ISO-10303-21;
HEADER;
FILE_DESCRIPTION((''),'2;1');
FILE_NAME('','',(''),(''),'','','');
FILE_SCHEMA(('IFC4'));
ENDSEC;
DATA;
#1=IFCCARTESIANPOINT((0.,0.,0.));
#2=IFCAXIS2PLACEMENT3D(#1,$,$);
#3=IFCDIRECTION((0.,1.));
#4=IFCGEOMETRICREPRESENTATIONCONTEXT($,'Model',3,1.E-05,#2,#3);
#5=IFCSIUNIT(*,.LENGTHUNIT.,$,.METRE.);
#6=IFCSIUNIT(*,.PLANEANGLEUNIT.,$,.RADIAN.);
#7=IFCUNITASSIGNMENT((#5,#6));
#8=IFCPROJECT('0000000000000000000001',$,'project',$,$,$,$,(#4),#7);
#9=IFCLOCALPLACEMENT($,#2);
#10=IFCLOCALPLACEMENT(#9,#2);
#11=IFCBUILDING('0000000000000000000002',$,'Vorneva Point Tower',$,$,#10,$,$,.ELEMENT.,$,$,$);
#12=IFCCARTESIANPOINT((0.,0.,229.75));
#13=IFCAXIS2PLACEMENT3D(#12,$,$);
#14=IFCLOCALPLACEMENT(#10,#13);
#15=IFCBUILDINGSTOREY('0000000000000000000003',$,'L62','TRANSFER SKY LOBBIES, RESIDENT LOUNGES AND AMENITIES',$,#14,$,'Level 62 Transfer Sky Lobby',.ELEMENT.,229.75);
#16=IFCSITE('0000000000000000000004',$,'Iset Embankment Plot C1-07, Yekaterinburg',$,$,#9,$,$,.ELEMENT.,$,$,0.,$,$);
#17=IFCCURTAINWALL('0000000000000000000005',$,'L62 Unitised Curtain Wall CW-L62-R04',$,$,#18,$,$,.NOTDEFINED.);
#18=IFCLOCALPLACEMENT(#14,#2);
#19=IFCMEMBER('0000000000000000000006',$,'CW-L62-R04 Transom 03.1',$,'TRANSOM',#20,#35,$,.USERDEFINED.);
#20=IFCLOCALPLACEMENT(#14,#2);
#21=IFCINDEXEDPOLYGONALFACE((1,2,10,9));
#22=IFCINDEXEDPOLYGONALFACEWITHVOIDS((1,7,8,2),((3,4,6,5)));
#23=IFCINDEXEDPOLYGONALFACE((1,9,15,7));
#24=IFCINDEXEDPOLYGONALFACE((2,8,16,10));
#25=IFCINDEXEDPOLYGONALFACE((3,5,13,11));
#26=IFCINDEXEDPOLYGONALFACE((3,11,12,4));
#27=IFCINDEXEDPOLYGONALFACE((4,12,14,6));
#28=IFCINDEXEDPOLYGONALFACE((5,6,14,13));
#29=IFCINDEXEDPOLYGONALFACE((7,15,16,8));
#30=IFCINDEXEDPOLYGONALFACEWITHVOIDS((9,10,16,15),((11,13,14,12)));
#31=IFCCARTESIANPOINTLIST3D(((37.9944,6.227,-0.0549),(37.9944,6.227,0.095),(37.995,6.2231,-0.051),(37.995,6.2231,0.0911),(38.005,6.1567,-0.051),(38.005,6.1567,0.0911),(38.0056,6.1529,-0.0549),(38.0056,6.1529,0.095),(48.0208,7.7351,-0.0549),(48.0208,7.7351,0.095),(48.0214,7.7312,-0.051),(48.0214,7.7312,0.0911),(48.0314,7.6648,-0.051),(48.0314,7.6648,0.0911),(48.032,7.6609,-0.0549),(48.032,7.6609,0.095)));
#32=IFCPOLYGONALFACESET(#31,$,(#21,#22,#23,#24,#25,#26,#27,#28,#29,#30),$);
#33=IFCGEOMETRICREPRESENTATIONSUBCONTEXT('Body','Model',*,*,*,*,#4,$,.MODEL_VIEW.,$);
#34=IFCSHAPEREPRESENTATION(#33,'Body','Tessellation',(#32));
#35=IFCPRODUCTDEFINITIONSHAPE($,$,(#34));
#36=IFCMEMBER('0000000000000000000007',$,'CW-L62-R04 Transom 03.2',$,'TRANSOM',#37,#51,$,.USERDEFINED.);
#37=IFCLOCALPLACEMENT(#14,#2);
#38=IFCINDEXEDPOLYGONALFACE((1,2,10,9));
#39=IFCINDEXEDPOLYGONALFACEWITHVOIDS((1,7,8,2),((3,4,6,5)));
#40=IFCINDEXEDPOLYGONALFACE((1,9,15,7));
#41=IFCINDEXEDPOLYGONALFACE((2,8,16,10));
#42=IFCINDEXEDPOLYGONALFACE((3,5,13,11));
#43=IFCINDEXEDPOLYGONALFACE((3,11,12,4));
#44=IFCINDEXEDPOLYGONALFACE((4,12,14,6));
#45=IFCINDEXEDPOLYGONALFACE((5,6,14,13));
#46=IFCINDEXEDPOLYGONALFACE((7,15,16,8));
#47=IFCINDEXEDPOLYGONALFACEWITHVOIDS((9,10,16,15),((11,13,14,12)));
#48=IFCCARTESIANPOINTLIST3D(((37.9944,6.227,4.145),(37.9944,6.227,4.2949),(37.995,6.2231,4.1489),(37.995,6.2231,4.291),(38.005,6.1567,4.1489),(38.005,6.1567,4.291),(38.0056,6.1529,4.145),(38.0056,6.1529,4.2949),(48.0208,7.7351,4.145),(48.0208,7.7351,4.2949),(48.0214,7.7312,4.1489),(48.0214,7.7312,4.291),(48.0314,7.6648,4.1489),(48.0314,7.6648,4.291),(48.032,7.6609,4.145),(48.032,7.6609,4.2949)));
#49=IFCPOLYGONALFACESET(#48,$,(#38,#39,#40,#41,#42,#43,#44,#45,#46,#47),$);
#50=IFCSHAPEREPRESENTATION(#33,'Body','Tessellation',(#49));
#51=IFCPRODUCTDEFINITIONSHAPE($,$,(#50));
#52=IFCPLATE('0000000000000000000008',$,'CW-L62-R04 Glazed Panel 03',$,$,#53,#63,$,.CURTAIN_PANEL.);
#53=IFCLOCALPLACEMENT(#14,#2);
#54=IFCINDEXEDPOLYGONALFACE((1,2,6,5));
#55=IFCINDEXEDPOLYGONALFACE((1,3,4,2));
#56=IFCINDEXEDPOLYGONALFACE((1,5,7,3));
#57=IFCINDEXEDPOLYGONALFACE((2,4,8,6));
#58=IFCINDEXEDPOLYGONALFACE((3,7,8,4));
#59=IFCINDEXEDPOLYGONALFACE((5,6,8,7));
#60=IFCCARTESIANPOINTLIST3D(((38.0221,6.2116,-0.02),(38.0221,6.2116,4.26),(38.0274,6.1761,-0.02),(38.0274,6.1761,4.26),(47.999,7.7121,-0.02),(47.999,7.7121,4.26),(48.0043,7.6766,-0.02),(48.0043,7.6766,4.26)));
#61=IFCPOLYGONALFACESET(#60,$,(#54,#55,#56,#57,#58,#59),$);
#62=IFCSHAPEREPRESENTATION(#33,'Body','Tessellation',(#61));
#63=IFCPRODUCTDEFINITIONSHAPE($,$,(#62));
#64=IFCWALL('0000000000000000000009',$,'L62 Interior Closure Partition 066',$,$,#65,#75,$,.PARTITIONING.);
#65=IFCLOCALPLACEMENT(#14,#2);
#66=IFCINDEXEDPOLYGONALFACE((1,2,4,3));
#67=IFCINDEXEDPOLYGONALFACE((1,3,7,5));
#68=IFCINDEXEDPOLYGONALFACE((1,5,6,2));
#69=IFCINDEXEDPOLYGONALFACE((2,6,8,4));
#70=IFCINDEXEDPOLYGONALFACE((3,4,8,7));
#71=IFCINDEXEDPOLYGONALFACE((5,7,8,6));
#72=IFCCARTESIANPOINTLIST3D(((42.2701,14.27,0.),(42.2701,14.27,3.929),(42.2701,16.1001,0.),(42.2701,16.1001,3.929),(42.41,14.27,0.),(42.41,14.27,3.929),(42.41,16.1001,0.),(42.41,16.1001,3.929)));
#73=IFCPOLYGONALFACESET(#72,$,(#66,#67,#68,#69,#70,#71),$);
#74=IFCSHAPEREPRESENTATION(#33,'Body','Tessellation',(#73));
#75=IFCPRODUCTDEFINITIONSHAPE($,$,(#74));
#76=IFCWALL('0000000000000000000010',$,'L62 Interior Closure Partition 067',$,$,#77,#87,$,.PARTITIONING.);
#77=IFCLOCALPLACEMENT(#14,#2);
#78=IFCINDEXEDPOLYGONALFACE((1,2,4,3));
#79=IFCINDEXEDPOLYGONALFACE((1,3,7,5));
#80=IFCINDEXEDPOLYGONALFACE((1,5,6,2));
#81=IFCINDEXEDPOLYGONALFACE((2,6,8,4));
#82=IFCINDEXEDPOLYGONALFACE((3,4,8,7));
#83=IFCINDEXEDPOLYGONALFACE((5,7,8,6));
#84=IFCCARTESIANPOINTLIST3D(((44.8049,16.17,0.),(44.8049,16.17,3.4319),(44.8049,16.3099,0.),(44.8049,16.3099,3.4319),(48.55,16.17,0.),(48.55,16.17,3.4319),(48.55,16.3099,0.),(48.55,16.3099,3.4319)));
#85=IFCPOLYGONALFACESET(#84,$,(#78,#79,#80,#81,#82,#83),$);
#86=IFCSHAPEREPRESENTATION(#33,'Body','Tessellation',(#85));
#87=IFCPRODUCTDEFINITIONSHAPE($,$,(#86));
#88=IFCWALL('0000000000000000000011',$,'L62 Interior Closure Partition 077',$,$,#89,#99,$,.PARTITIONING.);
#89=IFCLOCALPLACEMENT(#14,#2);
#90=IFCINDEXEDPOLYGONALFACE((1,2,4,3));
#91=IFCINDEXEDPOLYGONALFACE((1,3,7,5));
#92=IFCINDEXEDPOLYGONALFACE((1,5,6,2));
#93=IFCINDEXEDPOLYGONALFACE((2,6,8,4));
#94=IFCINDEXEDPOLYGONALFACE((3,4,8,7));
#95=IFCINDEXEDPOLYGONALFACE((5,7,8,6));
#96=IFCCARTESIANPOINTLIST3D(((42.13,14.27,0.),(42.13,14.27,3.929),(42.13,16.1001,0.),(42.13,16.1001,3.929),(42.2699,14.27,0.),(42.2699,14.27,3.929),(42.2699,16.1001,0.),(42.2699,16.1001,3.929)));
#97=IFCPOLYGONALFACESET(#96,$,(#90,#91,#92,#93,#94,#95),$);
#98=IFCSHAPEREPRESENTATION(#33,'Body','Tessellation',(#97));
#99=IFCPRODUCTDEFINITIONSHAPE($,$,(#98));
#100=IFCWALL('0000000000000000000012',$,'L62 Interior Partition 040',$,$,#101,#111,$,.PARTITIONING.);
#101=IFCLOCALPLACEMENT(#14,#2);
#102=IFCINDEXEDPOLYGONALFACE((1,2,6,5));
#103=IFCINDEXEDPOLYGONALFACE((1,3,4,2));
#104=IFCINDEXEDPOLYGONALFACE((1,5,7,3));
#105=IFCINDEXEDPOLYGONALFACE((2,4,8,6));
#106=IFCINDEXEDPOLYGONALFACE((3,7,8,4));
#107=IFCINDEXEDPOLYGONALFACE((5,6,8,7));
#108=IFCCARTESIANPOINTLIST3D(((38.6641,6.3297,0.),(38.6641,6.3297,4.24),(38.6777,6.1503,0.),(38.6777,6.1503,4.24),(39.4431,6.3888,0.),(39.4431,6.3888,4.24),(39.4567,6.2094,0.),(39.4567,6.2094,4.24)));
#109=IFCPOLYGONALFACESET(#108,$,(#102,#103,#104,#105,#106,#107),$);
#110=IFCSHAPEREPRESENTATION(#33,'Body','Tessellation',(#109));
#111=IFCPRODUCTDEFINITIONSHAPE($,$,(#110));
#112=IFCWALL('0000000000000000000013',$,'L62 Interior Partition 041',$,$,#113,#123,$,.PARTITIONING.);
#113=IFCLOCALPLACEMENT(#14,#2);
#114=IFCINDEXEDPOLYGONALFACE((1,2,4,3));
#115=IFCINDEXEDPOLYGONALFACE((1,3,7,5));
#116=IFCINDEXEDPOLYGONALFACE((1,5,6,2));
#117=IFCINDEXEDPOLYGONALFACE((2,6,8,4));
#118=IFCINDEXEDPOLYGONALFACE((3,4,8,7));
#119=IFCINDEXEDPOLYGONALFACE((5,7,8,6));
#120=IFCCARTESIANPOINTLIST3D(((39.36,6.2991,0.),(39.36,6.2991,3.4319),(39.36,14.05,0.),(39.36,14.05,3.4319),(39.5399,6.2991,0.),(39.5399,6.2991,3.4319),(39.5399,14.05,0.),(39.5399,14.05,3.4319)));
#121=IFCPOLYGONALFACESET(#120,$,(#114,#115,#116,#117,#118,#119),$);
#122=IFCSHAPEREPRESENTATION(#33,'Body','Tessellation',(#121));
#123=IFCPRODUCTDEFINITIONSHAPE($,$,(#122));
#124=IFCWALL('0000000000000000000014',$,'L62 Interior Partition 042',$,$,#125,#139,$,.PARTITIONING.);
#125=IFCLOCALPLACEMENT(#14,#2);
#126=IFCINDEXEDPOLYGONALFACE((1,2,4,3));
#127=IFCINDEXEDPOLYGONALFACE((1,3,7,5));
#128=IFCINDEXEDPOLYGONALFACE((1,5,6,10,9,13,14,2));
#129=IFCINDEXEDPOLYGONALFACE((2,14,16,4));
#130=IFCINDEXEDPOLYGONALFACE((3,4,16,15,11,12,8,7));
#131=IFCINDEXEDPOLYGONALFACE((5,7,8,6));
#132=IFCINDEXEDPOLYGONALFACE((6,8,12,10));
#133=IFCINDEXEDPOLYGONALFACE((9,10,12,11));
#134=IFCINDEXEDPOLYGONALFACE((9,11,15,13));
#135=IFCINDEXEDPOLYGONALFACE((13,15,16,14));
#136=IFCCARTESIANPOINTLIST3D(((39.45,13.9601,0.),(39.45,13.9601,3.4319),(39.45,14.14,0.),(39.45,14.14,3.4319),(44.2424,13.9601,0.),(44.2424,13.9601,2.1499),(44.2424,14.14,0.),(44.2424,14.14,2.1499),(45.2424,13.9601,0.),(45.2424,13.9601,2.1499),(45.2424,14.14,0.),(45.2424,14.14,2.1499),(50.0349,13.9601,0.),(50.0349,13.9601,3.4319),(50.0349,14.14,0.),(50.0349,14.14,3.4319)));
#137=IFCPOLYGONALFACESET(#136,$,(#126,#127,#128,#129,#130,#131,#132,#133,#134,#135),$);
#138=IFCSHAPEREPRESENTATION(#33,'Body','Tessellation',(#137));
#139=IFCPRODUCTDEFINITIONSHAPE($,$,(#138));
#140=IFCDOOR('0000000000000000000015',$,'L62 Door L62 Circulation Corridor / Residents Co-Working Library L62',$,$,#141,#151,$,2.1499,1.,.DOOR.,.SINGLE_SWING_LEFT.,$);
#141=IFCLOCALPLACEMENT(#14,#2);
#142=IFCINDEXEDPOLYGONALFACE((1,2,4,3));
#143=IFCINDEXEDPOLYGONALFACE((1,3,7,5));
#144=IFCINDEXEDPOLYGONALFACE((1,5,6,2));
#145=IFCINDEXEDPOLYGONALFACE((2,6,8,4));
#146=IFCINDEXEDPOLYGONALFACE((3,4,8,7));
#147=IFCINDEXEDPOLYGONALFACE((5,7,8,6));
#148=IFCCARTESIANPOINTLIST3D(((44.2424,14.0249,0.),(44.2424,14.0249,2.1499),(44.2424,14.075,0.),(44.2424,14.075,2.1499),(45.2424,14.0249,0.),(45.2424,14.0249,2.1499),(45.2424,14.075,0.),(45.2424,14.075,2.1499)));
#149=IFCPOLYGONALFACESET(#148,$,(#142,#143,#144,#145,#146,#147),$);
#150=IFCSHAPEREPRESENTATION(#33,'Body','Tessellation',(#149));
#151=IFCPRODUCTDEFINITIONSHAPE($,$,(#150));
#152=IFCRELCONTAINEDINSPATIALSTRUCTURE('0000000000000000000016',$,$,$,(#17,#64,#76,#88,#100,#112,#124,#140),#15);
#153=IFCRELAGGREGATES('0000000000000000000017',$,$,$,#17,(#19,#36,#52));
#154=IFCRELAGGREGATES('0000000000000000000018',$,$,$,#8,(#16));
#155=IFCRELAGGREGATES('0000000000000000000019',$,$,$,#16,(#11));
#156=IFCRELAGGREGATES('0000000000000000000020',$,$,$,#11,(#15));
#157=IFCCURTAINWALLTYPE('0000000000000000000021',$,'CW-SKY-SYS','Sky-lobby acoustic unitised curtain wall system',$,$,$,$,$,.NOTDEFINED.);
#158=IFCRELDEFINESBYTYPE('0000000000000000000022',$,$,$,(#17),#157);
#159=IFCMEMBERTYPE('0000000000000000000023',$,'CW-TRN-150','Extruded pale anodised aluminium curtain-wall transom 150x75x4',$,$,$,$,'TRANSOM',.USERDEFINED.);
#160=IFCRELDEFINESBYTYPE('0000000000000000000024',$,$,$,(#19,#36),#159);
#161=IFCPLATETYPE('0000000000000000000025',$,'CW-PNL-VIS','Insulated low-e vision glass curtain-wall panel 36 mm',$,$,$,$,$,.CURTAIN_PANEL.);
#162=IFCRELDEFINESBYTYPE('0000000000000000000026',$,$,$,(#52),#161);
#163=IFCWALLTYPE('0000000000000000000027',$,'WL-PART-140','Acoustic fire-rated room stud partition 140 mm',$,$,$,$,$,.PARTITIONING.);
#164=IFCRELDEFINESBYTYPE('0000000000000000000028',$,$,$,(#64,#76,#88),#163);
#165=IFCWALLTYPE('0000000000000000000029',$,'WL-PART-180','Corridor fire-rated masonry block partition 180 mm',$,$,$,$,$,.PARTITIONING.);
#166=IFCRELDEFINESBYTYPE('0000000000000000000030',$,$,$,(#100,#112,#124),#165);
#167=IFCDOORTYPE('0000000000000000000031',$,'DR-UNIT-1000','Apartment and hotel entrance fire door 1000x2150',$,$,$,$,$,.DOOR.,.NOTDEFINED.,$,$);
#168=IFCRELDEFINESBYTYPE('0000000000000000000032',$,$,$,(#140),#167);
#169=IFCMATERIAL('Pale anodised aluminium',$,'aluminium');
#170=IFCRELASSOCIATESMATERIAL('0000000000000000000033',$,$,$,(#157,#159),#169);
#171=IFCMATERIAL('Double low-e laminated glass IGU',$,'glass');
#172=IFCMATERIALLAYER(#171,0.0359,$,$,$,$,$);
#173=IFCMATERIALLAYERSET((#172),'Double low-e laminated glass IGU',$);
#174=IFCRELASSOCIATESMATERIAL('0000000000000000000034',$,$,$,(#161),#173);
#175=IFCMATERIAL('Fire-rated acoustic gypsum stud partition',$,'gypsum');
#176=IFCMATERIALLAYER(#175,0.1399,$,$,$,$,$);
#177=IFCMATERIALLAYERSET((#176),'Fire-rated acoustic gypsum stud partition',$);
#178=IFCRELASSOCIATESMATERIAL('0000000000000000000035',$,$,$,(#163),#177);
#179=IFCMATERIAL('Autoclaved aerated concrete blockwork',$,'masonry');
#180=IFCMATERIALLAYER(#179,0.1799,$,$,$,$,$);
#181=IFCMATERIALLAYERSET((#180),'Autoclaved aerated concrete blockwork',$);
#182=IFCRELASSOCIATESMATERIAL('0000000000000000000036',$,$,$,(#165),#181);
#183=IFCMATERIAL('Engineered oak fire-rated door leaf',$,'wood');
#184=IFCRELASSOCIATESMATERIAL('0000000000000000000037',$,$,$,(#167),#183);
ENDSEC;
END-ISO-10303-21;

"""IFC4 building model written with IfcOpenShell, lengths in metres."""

from ifc_helpers import new_model, si_unit, direction, frame, frame_2d, origin, origin_2d, place, context, subcontext, project, spatial, rectangle, hollow_rectangle, extrude, material, layer, layer_set, material_profile, profile_set, type_object, element, fill, aggregate, save


model = new_model("IFC4")

# Units and contexts
model_context = context("Model", 3, precision=1e-05, world=origin(), true_north=direction((0.0, 1.0)))
body_context = subcontext(model_context, "Body", "Model", "MODEL_VIEW")
ifc_project = project(units=[si_unit("LENGTHUNIT", "METRE"), si_unit("PLANEANGLEUNIT", "RADIAN")], contexts=[model_context])

# Site, building, storey
site_placement = place(None, origin())
site = spatial("IfcSite", under=ifc_project, at=site_placement, Name="Iset Embankment Plot C1-07, Yekaterinburg", CompositionType="ELEMENT", RefElevation=0.0)
building_placement = place(site_placement, origin())
building = spatial("IfcBuilding", under=site, at=building_placement, Name="Vorneva Point Tower", CompositionType="ELEMENT")
storey_placement = place(building_placement, frame((0.0, 0.0, 229.75)))
storey = spatial("IfcBuildingStorey", under=building, at=storey_placement, Name="L62", Description="TRANSFER SKY LOBBIES, RESIDENT LOUNGES AND AMENITIES", LongName="Level 62 Transfer Sky Lobby", CompositionType="ELEMENT", Elevation=229.75)

# Curtain wall, members, plate
ifc_material_1 = material(Name="Pale anodised aluminium", Category="aluminium")
curtain_wall_type = type_object("IfcCurtainWallType", Name="CW-SKY-SYS", Description="Sky-lobby acoustic unitised curtain wall system", PredefinedType="NOTDEFINED", material=ifc_material_1)
curtain_wall_placement = place(storey_placement, origin())
curtain_wall = element("IfcCurtainWall", 1, at=curtain_wall_placement, inside=storey, type_object=curtain_wall_type, Name="L62 Unitised Curtain Wall CW-L62-R04", PredefinedType="NOTDEFINED")
ifc_material_profile_1 = material_profile(ifc_material_1, hollow_rectangle(XDim=0.075, YDim=0.1499, WallThickness=0.0039, at=origin_2d()), Name="AL-TRN 150x75x4")
ifc_profile_set_1 = profile_set([ifc_material_profile_1], Name="Pale anodised aluminium")
member_type = type_object("IfcMemberType", Name="CW-TRN-150", Description="Extruded pale anodised aluminium curtain-wall transom 150x75x4", ElementType="TRANSOM", PredefinedType="USERDEFINED", material=ifc_profile_set_1)
member_1_placement = place(storey_placement, frame((38.0, 6.1899, 0.02), z_axis=(0.988877, 0.148736, 0.0), x_axis=(-0.148736, 0.988877, 0.0)))
member_1 = element("IfcMember", 2, at=member_1_placement, type_object=member_type, Name="CW-L62-R04 Transom 03.1", ObjectType="TRANSOM", PredefinedType="USERDEFINED", context=body_context, shape_type="SweptSolid", body=[
    extrude(hollow_rectangle(XDim=0.075, YDim=0.1499, WallThickness=0.0039, at=origin_2d()), origin(), (0.0, 0.0, 1.0), 10.1392),
])
member_2_placement = place(storey_placement, frame((38.0, 6.1899, 4.22), z_axis=(0.988877, 0.148736, 0.0), x_axis=(-0.148736, 0.988877, 0.0)))
member_2 = element("IfcMember", 3, at=member_2_placement, type_object=member_type, Name="CW-L62-R04 Transom 03.2", ObjectType="TRANSOM", PredefinedType="USERDEFINED", context=body_context, shape_type="SweptSolid", body=[
    extrude(hollow_rectangle(XDim=0.075, YDim=0.1499, WallThickness=0.0039, at=origin_2d()), origin(), (0.0, 0.0, 1.0), 10.1392),
])
ifc_material_2 = material(Name="Double low-e laminated glass IGU", Category="glass")
ifc_layer_1 = layer(ifc_material_2, 0.0359)
ifc_layer_set_1 = layer_set([ifc_layer_1], Name="Double low-e laminated glass IGU")
plate_type = type_object("IfcPlateType", Name="CW-PNL-VIS", Description="Insulated low-e vision glass curtain-wall panel 36 mm", PredefinedType="CURTAIN_PANEL", material=ifc_layer_set_1)
plate_placement = place(storey_placement, frame((43.0132, 6.9441, -0.02), z_axis=(0.0, 0.0, 1.0), x_axis=(0.988879, 0.148724, 0.0)))
plate = element("IfcPlate", 4, at=plate_placement, type_object=plate_type, Name="CW-L62-R04 Glazed Panel 03", PredefinedType="CURTAIN_PANEL", context=body_context, shape_type="SweptSolid", body=[
    extrude(rectangle(XDim=10.0891, YDim=0.0359, at=origin_2d()), origin(), (0.0, 0.0, 1.0), 4.28),
])
aggregate(curtain_wall, [member_1, member_2, plate])

# Walls
ifc_material_3 = material(Name="Fire-rated acoustic gypsum stud partition", Category="gypsum")
ifc_layer_2 = layer(ifc_material_3, 0.1399)
ifc_layer_set_2 = layer_set([ifc_layer_2], Name="Fire-rated acoustic gypsum stud partition")
wall_type_1 = type_object("IfcWallType", Name="WL-PART-140", Description="Acoustic fire-rated room stud partition 140 mm", PredefinedType="PARTITIONING", material=ifc_layer_set_2)
wall_1_placement = place(storey_placement, frame((42.3401, 14.27, 0.0), z_axis=(0.0, 0.0, 1.0), x_axis=(0.0, 1.0, 0.0)))
element("IfcWall", 5, at=wall_1_placement, inside=storey, type_object=wall_type_1, Name="L62 Interior Closure Partition 066", PredefinedType="PARTITIONING", context=body_context, shape_type="SweptSolid", body=[
    extrude(rectangle(XDim=1.8301, YDim=0.1399, at=frame_2d((0.915, 0.0))), origin(), (0.0, 0.0, 1.0), 3.929),
])
wall_2_placement = place(storey_placement, frame((44.8049, 16.24, 0.0), z_axis=(0.0, 0.0, 1.0), x_axis=(1.0, 0.0, 0.0)))
element("IfcWall", 6, at=wall_2_placement, inside=storey, type_object=wall_type_1, Name="L62 Interior Closure Partition 067", PredefinedType="PARTITIONING", context=body_context, shape_type="SweptSolid", body=[
    extrude(rectangle(XDim=3.7451, YDim=0.1399, at=frame_2d((1.8726, 0.0))), origin(), (0.0, 0.0, 1.0), 3.4319),
])
wall_3_placement = place(storey_placement, frame((42.2, 16.1001, 0.0), z_axis=(0.0, 0.0, 1.0), x_axis=(0.0, -1.0, 0.0)))
element("IfcWall", 7, at=wall_3_placement, inside=storey, type_object=wall_type_1, Name="L62 Interior Closure Partition 077", PredefinedType="PARTITIONING", context=body_context, shape_type="SweptSolid", body=[
    extrude(rectangle(XDim=1.8301, YDim=0.1399, at=frame_2d((0.915, 0.0))), origin(), (0.0, 0.0, 1.0), 3.929),
])

# Shared definitions
ifc_material_4 = material(Name="Autoclaved aerated concrete blockwork", Category="masonry")
ifc_layer_3 = layer(ifc_material_4, 0.1799)
ifc_layer_set_3 = layer_set([ifc_layer_3], Name="Autoclaved aerated concrete blockwork")
wall_type_2 = type_object("IfcWallType", Name="WL-PART-180", Description="Corridor fire-rated masonry block partition 180 mm", PredefinedType="PARTITIONING", material=ifc_layer_set_3)

# Walls
wall_4_placement = place(storey_placement, frame((38.6709, 6.24, 0.0), z_axis=(0.0, 0.0, 1.0), x_axis=(0.997137, 0.075621, 0.0)))
element("IfcWall", 8, at=wall_4_placement, inside=storey, type_object=wall_type_2, Name="L62 Interior Partition 040", PredefinedType="PARTITIONING", context=body_context, shape_type="SweptSolid", body=[
    extrude(rectangle(XDim=0.7812, YDim=0.1799, at=frame_2d((0.3906, 0.0))), origin(), (0.0, 0.0, 1.0), 4.24),
])
wall_5_placement = place(storey_placement, frame((39.45, 6.2991, 0.0), z_axis=(0.0, 0.0, 1.0), x_axis=(0.0, 1.0, 0.0)))
element("IfcWall", 9, at=wall_5_placement, inside=storey, type_object=wall_type_2, Name="L62 Interior Partition 041", PredefinedType="PARTITIONING", context=body_context, shape_type="SweptSolid", body=[
    extrude(rectangle(XDim=7.751, YDim=0.1799, at=frame_2d((3.8755, 0.0))), origin(), (0.0, 0.0, 1.0), 3.4319),
])

# Wall, opening, door
wall_6_placement = place(storey_placement, frame((39.45, 14.05, 0.0), z_axis=(0.0, 0.0, 1.0), x_axis=(1.0, 0.0, 0.0)))
wall_6 = element("IfcWall", 10, at=wall_6_placement, inside=storey, type_object=wall_type_2, Name="L62 Interior Partition 042", PredefinedType="PARTITIONING", context=body_context, shape_type="SweptSolid", body=[
    extrude(rectangle(XDim=10.585, YDim=0.1799, at=frame_2d((5.2925, 0.0))), origin(), (0.0, 0.0, 1.0), 3.4319),
])
opening_1_placement = place(wall_6_placement, frame((4.7925, 0.0, 0.0)))
opening_1 = element("IfcOpeningElement", 11, at=opening_1_placement, cuts=wall_6, PredefinedType="OPENING", context=body_context, shape_type="SweptSolid", body=[
    extrude(rectangle(XDim=1.0, YDim=2.1499, at=frame_2d((0.5, 1.075))), frame((0.0, 0.105, 0.0), z_axis=(0.0, -1.0, 0.0), x_axis=(1.0, 0.0, 0.0)), (0.0, 0.0, 1.0), 0.2097),
])
ifc_material_5 = material(Name="Engineered oak fire-rated door leaf", Category="wood")
door_type_1 = type_object("IfcDoorType", Name="DR-UNIT-1000", Description="Apartment and hotel entrance fire door 1000x2150", OperationType="NOTDEFINED", PredefinedType="DOOR", material=ifc_material_5)
door_1_placement = place(opening_1_placement, origin())
door_1 = element("IfcDoor", 12, at=door_1_placement, inside=storey, type_object=door_type_1, Name="L62 Door L62 Circulation Corridor / Residents Co-Working Library L62", OperationType="SINGLE_SWING_LEFT", OverallHeight=2.1499, OverallWidth=1.0, PredefinedType="DOOR", context=body_context, shape_type="SweptSolid", body=[
    extrude(rectangle(XDim=1.0, YDim=2.1499, at=frame_2d((0.5, 1.075))), frame((0.0, 0.0249, 0.0), z_axis=(0.0, -1.0, 0.0), x_axis=(1.0, 0.0, 0.0)), (0.0, 0.0, 1.0), 0.05),
])
fill(opening_1, door_1)

save(model, "model.ifc")
